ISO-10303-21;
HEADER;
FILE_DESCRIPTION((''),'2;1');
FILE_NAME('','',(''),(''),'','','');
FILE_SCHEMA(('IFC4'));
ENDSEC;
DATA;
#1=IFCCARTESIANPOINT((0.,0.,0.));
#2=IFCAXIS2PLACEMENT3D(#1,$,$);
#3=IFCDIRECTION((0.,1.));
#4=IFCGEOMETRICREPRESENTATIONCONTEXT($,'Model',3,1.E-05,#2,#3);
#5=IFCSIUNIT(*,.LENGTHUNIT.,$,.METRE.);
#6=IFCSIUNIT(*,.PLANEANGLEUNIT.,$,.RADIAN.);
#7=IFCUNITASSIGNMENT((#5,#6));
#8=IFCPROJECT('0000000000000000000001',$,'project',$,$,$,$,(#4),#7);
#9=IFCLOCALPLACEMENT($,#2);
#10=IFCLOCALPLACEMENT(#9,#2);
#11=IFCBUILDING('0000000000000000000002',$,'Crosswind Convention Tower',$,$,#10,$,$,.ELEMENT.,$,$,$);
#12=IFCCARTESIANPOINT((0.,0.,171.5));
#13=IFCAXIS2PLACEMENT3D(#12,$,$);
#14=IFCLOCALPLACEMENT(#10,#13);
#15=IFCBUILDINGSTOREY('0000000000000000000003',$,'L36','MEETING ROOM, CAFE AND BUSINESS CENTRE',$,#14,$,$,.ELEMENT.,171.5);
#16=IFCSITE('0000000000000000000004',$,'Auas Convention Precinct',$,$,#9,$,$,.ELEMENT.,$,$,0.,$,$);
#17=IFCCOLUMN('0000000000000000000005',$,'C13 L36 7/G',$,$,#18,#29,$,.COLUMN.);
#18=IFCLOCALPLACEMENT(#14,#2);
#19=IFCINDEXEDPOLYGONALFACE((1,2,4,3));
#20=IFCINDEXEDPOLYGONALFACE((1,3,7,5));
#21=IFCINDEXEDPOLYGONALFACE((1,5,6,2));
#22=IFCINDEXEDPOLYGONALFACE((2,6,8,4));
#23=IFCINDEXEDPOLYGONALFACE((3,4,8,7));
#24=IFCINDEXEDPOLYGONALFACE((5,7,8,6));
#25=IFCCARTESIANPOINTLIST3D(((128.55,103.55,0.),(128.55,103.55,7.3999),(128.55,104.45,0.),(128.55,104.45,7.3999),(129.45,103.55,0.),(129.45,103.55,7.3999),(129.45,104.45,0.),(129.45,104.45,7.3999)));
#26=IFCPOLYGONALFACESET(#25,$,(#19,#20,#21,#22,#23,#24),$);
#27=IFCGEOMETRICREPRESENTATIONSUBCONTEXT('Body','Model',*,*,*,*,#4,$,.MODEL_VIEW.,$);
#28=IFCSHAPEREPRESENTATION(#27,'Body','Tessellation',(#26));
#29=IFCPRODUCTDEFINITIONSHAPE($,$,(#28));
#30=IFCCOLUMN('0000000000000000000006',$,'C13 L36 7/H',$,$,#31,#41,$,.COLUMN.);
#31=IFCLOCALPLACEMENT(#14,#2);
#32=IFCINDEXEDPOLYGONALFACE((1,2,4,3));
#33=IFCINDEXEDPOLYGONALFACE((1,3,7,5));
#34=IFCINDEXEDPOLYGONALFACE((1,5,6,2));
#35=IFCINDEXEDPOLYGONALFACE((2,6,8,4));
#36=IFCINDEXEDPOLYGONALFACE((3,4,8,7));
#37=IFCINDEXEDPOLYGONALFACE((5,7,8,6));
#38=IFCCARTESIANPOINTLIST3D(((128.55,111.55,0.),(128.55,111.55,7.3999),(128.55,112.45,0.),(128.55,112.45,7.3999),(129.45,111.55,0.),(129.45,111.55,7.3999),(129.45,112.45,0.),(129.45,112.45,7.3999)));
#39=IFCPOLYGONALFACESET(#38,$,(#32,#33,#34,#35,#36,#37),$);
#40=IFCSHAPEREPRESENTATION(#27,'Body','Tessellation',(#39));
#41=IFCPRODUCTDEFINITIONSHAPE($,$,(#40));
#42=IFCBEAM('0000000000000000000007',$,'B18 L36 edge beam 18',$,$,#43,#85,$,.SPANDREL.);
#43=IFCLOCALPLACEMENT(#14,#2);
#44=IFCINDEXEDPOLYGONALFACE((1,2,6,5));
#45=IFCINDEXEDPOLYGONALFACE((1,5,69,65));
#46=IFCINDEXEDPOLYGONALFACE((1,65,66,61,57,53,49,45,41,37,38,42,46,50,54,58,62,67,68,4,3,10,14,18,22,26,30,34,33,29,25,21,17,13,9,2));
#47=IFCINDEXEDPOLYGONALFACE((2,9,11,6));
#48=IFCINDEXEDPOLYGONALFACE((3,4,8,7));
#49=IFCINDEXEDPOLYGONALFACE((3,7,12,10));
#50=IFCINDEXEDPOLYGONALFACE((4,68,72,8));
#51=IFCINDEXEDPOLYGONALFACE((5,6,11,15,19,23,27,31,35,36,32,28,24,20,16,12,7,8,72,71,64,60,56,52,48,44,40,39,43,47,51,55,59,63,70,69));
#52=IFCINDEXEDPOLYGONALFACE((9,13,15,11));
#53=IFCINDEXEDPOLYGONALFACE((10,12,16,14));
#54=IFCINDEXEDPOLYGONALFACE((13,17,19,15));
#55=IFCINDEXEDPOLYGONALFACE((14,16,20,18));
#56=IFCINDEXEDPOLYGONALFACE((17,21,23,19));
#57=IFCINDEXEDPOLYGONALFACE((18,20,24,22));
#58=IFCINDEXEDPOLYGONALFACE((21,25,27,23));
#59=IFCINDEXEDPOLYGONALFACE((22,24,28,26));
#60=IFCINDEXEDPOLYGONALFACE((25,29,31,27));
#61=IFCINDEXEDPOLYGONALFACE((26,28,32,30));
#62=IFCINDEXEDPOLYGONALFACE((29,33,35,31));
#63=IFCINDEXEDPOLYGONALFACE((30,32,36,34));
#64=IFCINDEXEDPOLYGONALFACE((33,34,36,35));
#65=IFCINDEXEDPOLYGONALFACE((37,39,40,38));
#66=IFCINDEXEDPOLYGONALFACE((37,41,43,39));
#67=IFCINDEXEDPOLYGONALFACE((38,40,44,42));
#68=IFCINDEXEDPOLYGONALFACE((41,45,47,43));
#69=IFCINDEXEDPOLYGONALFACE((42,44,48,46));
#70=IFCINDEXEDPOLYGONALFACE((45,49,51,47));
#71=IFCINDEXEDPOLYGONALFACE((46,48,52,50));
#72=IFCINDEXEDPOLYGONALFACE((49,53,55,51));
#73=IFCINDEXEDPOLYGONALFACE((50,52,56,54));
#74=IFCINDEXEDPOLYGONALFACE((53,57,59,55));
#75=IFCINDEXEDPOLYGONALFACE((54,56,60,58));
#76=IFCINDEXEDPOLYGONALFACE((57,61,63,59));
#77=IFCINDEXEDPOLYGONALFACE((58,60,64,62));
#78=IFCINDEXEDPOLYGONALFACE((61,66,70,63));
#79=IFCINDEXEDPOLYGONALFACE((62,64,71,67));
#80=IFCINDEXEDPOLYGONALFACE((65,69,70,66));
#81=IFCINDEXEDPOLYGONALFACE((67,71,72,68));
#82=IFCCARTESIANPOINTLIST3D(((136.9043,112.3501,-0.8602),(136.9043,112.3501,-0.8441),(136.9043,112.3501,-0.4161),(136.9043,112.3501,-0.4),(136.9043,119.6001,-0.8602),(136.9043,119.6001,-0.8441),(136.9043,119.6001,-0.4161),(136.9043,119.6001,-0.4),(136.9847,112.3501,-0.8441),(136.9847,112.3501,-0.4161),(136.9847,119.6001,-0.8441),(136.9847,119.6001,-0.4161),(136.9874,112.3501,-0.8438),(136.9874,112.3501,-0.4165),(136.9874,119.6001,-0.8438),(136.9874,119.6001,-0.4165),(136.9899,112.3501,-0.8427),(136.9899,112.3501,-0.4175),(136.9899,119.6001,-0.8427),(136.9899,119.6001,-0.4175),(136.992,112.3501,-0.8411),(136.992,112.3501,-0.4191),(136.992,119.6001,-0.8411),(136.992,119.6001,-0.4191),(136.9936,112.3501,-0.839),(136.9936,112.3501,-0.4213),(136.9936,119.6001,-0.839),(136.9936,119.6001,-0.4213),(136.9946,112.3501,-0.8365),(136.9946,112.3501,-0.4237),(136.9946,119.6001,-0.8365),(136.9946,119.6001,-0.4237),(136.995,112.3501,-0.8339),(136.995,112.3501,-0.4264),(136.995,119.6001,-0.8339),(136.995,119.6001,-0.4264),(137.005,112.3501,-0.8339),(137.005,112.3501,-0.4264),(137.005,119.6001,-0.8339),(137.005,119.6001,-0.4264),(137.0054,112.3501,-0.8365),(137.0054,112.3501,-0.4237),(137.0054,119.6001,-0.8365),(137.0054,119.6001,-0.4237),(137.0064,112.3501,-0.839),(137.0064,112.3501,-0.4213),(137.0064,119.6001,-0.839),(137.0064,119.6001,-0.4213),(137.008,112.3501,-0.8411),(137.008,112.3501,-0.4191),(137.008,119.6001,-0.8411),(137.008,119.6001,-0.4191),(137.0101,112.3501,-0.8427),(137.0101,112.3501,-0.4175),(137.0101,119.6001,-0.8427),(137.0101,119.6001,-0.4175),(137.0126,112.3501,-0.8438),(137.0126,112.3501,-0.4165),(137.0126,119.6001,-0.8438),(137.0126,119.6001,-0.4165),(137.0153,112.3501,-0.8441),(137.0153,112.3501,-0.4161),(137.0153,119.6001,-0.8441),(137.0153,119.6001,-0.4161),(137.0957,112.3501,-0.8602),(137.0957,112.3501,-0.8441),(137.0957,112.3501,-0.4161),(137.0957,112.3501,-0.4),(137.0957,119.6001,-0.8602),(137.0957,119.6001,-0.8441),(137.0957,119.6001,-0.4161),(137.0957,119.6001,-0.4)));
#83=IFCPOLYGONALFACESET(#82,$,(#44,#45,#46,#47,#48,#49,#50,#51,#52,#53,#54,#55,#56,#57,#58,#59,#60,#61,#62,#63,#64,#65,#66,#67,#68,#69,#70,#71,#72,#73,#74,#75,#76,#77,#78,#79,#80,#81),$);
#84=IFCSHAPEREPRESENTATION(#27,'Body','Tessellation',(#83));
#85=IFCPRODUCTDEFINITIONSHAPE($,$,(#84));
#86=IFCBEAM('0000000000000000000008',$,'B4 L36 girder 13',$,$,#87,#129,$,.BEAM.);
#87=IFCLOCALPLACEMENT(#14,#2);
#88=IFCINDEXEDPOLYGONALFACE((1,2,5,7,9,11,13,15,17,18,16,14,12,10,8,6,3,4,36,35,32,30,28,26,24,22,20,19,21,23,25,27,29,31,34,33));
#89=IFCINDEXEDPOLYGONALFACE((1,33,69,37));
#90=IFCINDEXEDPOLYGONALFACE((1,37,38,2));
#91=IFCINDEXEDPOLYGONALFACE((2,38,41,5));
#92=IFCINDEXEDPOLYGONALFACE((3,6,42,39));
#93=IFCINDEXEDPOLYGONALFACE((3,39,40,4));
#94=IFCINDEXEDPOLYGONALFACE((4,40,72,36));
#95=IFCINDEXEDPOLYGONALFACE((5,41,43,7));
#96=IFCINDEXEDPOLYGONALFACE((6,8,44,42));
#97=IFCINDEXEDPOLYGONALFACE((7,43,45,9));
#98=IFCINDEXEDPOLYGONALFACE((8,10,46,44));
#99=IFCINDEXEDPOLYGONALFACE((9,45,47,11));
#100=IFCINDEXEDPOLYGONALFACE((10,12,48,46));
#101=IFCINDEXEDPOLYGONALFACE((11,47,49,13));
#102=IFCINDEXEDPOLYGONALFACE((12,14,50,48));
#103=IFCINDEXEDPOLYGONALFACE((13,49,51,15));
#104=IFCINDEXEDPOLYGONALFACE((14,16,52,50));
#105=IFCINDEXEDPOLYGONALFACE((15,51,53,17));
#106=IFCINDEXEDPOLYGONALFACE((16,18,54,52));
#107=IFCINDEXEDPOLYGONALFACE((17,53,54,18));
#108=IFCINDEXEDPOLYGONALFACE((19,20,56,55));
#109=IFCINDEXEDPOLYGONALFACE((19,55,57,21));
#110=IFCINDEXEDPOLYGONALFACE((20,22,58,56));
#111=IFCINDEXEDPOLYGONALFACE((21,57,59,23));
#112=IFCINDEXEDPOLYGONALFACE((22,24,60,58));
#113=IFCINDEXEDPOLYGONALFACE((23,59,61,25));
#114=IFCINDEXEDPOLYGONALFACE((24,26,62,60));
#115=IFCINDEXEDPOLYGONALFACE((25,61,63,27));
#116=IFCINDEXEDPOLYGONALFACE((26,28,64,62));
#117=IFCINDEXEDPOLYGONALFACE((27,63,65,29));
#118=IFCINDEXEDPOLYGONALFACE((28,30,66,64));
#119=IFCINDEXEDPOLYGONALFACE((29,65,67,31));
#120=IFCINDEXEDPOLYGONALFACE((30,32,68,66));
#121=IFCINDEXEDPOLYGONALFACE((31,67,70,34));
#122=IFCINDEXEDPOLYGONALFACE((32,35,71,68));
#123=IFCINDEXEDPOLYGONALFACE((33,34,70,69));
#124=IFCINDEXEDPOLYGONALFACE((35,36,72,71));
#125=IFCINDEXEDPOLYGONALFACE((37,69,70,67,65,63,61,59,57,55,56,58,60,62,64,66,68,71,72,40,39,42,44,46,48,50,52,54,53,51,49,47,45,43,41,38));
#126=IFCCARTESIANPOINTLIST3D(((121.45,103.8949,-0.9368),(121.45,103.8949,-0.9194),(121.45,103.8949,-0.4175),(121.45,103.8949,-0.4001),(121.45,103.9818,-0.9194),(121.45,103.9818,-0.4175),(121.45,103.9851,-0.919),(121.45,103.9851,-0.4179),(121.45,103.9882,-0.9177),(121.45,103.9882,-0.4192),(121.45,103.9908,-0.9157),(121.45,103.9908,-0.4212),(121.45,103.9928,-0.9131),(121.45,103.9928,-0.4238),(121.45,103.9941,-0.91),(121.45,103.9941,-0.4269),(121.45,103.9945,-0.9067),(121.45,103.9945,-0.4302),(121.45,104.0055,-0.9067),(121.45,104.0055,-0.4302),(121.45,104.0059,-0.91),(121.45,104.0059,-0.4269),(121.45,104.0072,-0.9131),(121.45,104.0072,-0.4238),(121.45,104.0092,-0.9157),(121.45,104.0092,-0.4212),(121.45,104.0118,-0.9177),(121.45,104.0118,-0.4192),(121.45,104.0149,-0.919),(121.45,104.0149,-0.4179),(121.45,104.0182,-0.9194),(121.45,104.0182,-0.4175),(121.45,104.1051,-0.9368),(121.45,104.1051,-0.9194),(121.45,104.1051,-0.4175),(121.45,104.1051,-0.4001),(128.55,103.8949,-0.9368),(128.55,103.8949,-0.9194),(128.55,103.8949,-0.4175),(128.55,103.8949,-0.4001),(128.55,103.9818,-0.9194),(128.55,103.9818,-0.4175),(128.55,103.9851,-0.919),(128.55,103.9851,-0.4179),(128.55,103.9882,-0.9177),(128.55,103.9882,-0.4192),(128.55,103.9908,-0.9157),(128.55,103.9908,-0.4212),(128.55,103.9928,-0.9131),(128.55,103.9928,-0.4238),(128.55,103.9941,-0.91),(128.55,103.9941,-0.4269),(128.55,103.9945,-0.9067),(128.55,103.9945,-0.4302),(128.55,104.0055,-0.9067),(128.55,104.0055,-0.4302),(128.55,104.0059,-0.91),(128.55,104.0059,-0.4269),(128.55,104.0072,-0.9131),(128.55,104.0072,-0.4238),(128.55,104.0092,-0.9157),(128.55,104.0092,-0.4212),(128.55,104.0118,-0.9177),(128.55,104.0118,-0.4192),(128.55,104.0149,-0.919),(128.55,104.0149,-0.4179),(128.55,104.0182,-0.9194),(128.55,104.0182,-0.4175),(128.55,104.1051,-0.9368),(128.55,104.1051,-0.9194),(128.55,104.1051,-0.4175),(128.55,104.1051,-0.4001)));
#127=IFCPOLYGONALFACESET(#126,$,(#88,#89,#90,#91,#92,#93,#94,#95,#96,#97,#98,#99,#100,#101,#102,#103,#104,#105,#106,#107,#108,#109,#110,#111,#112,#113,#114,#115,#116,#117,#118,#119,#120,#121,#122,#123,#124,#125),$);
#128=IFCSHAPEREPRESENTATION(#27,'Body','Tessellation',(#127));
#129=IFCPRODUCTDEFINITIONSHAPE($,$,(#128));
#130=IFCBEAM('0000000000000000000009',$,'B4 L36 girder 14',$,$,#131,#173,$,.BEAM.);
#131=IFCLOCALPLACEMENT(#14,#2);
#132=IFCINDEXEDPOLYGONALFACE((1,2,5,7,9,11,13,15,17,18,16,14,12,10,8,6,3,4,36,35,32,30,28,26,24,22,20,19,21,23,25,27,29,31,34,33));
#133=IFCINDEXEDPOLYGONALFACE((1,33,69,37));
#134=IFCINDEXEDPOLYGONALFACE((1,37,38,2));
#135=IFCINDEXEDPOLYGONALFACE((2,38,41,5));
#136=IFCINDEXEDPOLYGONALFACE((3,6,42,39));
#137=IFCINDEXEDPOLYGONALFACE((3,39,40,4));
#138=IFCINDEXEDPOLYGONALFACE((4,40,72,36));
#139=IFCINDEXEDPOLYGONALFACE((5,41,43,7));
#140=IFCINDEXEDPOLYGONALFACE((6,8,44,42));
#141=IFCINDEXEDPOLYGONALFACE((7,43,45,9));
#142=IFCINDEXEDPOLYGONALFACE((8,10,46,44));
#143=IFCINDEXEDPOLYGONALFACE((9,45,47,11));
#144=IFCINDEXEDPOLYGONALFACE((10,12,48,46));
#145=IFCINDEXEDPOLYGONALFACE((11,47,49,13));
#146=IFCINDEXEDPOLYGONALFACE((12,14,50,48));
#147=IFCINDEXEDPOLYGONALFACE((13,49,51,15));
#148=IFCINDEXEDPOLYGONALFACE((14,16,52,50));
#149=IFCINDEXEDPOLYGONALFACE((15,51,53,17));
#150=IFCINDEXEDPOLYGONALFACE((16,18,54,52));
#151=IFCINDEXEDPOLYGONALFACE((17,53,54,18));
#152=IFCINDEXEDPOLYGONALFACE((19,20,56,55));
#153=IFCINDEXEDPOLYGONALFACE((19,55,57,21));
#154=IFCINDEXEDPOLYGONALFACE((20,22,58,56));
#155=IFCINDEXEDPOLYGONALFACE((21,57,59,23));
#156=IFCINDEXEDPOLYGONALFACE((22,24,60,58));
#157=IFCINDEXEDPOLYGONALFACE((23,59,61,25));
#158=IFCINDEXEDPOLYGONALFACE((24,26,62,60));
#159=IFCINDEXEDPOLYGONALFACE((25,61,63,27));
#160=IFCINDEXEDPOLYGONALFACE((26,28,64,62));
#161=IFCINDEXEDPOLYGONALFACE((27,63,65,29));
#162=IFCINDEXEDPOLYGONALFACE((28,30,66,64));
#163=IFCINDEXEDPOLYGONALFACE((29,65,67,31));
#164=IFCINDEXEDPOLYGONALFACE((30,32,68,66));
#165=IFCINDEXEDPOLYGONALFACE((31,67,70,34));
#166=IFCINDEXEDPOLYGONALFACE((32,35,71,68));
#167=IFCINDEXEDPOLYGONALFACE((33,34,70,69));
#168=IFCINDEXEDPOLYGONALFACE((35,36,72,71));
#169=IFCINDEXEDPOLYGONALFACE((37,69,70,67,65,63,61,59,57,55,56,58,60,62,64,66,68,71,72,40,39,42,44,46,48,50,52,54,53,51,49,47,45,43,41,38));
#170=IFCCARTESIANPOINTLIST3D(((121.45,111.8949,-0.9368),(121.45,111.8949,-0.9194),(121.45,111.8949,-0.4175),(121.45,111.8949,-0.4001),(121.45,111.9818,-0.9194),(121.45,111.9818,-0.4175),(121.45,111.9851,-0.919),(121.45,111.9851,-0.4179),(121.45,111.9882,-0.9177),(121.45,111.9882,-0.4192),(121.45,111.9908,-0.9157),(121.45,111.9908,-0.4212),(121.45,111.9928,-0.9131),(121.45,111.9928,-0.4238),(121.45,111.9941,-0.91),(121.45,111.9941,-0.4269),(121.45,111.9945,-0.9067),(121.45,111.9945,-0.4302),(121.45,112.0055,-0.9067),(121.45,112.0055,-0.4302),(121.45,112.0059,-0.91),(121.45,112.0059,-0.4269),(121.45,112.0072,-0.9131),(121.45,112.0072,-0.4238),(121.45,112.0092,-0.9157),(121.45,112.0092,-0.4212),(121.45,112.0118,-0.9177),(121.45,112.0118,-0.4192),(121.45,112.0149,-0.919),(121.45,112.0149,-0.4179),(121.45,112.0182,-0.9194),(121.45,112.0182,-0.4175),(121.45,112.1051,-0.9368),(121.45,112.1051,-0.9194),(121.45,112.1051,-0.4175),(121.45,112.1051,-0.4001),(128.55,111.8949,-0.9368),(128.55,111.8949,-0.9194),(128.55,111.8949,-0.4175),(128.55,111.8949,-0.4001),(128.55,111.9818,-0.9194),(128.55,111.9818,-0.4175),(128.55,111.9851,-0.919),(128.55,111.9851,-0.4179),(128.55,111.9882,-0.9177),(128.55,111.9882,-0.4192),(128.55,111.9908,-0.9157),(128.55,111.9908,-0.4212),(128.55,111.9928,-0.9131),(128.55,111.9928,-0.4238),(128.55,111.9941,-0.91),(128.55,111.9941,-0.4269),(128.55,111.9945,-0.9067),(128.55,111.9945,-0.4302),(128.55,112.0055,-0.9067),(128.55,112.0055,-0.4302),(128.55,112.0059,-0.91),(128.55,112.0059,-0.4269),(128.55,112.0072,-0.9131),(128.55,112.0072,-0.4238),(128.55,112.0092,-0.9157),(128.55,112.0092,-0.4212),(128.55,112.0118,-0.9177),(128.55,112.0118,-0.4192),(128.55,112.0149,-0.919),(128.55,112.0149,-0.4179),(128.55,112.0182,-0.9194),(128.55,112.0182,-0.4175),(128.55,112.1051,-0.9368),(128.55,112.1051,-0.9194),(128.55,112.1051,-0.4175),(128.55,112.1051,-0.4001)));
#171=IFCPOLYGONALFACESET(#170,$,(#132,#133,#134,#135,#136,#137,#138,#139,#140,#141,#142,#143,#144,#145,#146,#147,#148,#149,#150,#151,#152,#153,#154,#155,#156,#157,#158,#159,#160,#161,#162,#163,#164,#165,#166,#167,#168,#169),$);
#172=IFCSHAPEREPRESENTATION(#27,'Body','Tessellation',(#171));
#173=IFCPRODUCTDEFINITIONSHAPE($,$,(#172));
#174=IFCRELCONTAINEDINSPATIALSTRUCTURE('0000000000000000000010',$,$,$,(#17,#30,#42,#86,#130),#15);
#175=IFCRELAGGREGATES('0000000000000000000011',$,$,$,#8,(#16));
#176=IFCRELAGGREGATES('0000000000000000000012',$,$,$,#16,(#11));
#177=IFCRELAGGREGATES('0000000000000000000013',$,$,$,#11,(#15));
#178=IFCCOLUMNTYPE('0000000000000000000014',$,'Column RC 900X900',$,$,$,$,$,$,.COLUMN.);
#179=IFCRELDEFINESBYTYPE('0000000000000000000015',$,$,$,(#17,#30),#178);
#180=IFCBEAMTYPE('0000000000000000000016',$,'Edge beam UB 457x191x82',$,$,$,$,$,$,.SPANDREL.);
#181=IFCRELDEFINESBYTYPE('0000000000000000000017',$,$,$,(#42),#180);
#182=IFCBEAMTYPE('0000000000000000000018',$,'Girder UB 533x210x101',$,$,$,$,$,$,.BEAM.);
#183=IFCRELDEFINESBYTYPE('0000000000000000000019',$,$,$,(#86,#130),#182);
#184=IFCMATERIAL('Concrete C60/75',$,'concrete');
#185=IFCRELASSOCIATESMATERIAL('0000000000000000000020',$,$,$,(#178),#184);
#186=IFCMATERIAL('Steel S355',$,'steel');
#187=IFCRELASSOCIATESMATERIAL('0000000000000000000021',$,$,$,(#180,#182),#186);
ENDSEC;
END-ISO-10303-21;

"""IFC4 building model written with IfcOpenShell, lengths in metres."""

from ifc_helpers import new_model, si_unit, direction, frame, origin, origin_2d, place, context, subcontext, project, spatial, rectangle, i_section, extrude, material, material_profile, profile_set, type_object, element, save


model = new_model("IFC4")

# Units and contexts
model_context = context("Model", 3, precision=1e-05, world=origin(), true_north=direction((0.0, 1.0)))
body_context = subcontext(model_context, "Body", "Model", "MODEL_VIEW")
ifc_project = project(units=[si_unit("LENGTHUNIT", "METRE"), si_unit("PLANEANGLEUNIT", "RADIAN")], contexts=[model_context])

# Site, building, storey
site_placement = place(None, origin())
site = spatial("IfcSite", under=ifc_project, at=site_placement, Name="Auas Convention Precinct", CompositionType="ELEMENT", RefElevation=0.0)
building_placement = place(site_placement, origin())
building = spatial("IfcBuilding", under=site, at=building_placement, Name="Crosswind Convention Tower", CompositionType="ELEMENT")
storey_placement = place(building_placement, frame((0.0, 0.0, 171.5)))
storey = spatial("IfcBuildingStorey", under=building, at=storey_placement, Name="L36", Description="MEETING ROOM, CAFE AND BUSINESS CENTRE", CompositionType="ELEMENT", Elevation=171.5)

# Columns
ifc_material_1 = material(Name="Concrete C60/75", Category="concrete")
ifc_material_profile_1 = material_profile(ifc_material_1, rectangle(XDim=0.8999, YDim=0.8999, at=origin_2d()), Name="RC 900X900")
ifc_profile_set_1 = profile_set([ifc_material_profile_1], Name="Concrete C60/75")
column_type = type_object("IfcColumnType", Name="Column RC 900X900", PredefinedType="COLUMN", material=ifc_profile_set_1)
for number, where, z_axis, x_axis, name in (
    (1, (129.0, 104.0, 0.0), (0.0, 0.0, 1.0), (1.0, 0.0, 0.0), "C13 L36 7/G"),
    (2, (129.0, 112.0, 0.0), (0.0, 0.0, 1.0), (1.0, 0.0, 0.0), "C13 L36 7/H"),
):
    element("IfcColumn", number, at=place(storey_placement, frame(where, z_axis=z_axis, x_axis=x_axis)), inside=storey, type_object=column_type, Name=name, PredefinedType="COLUMN", context=body_context, shape_type="SweptSolid", body=[
        extrude(rectangle(XDim=0.8999, YDim=0.8999, at=origin_2d()), origin(), (0.0, 0.0, 1.0), 7.3999),
    ])

# Beams
ifc_material_2 = material(Name="Steel S355", Category="steel")
ifc_material_profile_2 = material_profile(ifc_material_2, i_section(OverallWidth=0.1914, OverallDepth=0.4602, WebThickness=0.01, FlangeThickness=0.0161, FilletRadius=0.0103, at=origin_2d()), Name="UB 457x191x82")
ifc_profile_set_2 = profile_set([ifc_material_profile_2], Name="Steel S355")
beam_type_1 = type_object("IfcBeamType", Name="Edge beam UB 457x191x82", PredefinedType="SPANDREL", material=ifc_profile_set_2)
beam_placement = place(storey_placement, frame((137.0, 112.3501, -0.6301), z_axis=(0.0, 1.0, 0.0), x_axis=(-1.0, 0.0, 0.0)))
element("IfcBeam", 3, at=beam_placement, inside=storey, type_object=beam_type_1, Name="B18 L36 edge beam 18", PredefinedType="SPANDREL", context=body_context, shape_type="SweptSolid", body=[
    extrude(i_section(OverallWidth=0.1914, OverallDepth=0.4602, WebThickness=0.01, FlangeThickness=0.0161, FilletRadius=0.0103, at=origin_2d()), origin(), (0.0, 0.0, 1.0), 7.25),
])
ifc_material_profile_3 = material_profile(ifc_material_2, i_section(OverallWidth=0.2102, OverallDepth=0.5366, WebThickness=0.011, FlangeThickness=0.0173, FilletRadius=0.0127, at=origin_2d()), Name="UB 533x210x101")
ifc_profile_set_3 = profile_set([ifc_material_profile_3], Name="Steel S355")
beam_type_2 = type_object("IfcBeamType", Name="Girder UB 533x210x101", PredefinedType="BEAM", material=ifc_profile_set_3)
for number, where, z_axis, x_axis, name in (
    (4, (121.45, 104.0, -0.6685), (1.0, 0.0, 0.0), (0.0, 1.0, 0.0), "B4 L36 girder 13"),
    (5, (121.45, 112.0, -0.6685), (1.0, 0.0, 0.0), (0.0, 1.0, 0.0), "B4 L36 girder 14"),
):
    element("IfcBeam", number, at=place(storey_placement, frame(where, z_axis=z_axis, x_axis=x_axis)), inside=storey, type_object=beam_type_2, Name=name, PredefinedType="BEAM", context=body_context, shape_type="SweptSolid", body=[
        extrude(i_section(OverallWidth=0.2102, OverallDepth=0.5366, WebThickness=0.011, FlangeThickness=0.0173, FilletRadius=0.0127, at=origin_2d()), origin(), (0.0, 0.0, 1.0), 7.1001),
    ])

save(model, "model.ifc")
